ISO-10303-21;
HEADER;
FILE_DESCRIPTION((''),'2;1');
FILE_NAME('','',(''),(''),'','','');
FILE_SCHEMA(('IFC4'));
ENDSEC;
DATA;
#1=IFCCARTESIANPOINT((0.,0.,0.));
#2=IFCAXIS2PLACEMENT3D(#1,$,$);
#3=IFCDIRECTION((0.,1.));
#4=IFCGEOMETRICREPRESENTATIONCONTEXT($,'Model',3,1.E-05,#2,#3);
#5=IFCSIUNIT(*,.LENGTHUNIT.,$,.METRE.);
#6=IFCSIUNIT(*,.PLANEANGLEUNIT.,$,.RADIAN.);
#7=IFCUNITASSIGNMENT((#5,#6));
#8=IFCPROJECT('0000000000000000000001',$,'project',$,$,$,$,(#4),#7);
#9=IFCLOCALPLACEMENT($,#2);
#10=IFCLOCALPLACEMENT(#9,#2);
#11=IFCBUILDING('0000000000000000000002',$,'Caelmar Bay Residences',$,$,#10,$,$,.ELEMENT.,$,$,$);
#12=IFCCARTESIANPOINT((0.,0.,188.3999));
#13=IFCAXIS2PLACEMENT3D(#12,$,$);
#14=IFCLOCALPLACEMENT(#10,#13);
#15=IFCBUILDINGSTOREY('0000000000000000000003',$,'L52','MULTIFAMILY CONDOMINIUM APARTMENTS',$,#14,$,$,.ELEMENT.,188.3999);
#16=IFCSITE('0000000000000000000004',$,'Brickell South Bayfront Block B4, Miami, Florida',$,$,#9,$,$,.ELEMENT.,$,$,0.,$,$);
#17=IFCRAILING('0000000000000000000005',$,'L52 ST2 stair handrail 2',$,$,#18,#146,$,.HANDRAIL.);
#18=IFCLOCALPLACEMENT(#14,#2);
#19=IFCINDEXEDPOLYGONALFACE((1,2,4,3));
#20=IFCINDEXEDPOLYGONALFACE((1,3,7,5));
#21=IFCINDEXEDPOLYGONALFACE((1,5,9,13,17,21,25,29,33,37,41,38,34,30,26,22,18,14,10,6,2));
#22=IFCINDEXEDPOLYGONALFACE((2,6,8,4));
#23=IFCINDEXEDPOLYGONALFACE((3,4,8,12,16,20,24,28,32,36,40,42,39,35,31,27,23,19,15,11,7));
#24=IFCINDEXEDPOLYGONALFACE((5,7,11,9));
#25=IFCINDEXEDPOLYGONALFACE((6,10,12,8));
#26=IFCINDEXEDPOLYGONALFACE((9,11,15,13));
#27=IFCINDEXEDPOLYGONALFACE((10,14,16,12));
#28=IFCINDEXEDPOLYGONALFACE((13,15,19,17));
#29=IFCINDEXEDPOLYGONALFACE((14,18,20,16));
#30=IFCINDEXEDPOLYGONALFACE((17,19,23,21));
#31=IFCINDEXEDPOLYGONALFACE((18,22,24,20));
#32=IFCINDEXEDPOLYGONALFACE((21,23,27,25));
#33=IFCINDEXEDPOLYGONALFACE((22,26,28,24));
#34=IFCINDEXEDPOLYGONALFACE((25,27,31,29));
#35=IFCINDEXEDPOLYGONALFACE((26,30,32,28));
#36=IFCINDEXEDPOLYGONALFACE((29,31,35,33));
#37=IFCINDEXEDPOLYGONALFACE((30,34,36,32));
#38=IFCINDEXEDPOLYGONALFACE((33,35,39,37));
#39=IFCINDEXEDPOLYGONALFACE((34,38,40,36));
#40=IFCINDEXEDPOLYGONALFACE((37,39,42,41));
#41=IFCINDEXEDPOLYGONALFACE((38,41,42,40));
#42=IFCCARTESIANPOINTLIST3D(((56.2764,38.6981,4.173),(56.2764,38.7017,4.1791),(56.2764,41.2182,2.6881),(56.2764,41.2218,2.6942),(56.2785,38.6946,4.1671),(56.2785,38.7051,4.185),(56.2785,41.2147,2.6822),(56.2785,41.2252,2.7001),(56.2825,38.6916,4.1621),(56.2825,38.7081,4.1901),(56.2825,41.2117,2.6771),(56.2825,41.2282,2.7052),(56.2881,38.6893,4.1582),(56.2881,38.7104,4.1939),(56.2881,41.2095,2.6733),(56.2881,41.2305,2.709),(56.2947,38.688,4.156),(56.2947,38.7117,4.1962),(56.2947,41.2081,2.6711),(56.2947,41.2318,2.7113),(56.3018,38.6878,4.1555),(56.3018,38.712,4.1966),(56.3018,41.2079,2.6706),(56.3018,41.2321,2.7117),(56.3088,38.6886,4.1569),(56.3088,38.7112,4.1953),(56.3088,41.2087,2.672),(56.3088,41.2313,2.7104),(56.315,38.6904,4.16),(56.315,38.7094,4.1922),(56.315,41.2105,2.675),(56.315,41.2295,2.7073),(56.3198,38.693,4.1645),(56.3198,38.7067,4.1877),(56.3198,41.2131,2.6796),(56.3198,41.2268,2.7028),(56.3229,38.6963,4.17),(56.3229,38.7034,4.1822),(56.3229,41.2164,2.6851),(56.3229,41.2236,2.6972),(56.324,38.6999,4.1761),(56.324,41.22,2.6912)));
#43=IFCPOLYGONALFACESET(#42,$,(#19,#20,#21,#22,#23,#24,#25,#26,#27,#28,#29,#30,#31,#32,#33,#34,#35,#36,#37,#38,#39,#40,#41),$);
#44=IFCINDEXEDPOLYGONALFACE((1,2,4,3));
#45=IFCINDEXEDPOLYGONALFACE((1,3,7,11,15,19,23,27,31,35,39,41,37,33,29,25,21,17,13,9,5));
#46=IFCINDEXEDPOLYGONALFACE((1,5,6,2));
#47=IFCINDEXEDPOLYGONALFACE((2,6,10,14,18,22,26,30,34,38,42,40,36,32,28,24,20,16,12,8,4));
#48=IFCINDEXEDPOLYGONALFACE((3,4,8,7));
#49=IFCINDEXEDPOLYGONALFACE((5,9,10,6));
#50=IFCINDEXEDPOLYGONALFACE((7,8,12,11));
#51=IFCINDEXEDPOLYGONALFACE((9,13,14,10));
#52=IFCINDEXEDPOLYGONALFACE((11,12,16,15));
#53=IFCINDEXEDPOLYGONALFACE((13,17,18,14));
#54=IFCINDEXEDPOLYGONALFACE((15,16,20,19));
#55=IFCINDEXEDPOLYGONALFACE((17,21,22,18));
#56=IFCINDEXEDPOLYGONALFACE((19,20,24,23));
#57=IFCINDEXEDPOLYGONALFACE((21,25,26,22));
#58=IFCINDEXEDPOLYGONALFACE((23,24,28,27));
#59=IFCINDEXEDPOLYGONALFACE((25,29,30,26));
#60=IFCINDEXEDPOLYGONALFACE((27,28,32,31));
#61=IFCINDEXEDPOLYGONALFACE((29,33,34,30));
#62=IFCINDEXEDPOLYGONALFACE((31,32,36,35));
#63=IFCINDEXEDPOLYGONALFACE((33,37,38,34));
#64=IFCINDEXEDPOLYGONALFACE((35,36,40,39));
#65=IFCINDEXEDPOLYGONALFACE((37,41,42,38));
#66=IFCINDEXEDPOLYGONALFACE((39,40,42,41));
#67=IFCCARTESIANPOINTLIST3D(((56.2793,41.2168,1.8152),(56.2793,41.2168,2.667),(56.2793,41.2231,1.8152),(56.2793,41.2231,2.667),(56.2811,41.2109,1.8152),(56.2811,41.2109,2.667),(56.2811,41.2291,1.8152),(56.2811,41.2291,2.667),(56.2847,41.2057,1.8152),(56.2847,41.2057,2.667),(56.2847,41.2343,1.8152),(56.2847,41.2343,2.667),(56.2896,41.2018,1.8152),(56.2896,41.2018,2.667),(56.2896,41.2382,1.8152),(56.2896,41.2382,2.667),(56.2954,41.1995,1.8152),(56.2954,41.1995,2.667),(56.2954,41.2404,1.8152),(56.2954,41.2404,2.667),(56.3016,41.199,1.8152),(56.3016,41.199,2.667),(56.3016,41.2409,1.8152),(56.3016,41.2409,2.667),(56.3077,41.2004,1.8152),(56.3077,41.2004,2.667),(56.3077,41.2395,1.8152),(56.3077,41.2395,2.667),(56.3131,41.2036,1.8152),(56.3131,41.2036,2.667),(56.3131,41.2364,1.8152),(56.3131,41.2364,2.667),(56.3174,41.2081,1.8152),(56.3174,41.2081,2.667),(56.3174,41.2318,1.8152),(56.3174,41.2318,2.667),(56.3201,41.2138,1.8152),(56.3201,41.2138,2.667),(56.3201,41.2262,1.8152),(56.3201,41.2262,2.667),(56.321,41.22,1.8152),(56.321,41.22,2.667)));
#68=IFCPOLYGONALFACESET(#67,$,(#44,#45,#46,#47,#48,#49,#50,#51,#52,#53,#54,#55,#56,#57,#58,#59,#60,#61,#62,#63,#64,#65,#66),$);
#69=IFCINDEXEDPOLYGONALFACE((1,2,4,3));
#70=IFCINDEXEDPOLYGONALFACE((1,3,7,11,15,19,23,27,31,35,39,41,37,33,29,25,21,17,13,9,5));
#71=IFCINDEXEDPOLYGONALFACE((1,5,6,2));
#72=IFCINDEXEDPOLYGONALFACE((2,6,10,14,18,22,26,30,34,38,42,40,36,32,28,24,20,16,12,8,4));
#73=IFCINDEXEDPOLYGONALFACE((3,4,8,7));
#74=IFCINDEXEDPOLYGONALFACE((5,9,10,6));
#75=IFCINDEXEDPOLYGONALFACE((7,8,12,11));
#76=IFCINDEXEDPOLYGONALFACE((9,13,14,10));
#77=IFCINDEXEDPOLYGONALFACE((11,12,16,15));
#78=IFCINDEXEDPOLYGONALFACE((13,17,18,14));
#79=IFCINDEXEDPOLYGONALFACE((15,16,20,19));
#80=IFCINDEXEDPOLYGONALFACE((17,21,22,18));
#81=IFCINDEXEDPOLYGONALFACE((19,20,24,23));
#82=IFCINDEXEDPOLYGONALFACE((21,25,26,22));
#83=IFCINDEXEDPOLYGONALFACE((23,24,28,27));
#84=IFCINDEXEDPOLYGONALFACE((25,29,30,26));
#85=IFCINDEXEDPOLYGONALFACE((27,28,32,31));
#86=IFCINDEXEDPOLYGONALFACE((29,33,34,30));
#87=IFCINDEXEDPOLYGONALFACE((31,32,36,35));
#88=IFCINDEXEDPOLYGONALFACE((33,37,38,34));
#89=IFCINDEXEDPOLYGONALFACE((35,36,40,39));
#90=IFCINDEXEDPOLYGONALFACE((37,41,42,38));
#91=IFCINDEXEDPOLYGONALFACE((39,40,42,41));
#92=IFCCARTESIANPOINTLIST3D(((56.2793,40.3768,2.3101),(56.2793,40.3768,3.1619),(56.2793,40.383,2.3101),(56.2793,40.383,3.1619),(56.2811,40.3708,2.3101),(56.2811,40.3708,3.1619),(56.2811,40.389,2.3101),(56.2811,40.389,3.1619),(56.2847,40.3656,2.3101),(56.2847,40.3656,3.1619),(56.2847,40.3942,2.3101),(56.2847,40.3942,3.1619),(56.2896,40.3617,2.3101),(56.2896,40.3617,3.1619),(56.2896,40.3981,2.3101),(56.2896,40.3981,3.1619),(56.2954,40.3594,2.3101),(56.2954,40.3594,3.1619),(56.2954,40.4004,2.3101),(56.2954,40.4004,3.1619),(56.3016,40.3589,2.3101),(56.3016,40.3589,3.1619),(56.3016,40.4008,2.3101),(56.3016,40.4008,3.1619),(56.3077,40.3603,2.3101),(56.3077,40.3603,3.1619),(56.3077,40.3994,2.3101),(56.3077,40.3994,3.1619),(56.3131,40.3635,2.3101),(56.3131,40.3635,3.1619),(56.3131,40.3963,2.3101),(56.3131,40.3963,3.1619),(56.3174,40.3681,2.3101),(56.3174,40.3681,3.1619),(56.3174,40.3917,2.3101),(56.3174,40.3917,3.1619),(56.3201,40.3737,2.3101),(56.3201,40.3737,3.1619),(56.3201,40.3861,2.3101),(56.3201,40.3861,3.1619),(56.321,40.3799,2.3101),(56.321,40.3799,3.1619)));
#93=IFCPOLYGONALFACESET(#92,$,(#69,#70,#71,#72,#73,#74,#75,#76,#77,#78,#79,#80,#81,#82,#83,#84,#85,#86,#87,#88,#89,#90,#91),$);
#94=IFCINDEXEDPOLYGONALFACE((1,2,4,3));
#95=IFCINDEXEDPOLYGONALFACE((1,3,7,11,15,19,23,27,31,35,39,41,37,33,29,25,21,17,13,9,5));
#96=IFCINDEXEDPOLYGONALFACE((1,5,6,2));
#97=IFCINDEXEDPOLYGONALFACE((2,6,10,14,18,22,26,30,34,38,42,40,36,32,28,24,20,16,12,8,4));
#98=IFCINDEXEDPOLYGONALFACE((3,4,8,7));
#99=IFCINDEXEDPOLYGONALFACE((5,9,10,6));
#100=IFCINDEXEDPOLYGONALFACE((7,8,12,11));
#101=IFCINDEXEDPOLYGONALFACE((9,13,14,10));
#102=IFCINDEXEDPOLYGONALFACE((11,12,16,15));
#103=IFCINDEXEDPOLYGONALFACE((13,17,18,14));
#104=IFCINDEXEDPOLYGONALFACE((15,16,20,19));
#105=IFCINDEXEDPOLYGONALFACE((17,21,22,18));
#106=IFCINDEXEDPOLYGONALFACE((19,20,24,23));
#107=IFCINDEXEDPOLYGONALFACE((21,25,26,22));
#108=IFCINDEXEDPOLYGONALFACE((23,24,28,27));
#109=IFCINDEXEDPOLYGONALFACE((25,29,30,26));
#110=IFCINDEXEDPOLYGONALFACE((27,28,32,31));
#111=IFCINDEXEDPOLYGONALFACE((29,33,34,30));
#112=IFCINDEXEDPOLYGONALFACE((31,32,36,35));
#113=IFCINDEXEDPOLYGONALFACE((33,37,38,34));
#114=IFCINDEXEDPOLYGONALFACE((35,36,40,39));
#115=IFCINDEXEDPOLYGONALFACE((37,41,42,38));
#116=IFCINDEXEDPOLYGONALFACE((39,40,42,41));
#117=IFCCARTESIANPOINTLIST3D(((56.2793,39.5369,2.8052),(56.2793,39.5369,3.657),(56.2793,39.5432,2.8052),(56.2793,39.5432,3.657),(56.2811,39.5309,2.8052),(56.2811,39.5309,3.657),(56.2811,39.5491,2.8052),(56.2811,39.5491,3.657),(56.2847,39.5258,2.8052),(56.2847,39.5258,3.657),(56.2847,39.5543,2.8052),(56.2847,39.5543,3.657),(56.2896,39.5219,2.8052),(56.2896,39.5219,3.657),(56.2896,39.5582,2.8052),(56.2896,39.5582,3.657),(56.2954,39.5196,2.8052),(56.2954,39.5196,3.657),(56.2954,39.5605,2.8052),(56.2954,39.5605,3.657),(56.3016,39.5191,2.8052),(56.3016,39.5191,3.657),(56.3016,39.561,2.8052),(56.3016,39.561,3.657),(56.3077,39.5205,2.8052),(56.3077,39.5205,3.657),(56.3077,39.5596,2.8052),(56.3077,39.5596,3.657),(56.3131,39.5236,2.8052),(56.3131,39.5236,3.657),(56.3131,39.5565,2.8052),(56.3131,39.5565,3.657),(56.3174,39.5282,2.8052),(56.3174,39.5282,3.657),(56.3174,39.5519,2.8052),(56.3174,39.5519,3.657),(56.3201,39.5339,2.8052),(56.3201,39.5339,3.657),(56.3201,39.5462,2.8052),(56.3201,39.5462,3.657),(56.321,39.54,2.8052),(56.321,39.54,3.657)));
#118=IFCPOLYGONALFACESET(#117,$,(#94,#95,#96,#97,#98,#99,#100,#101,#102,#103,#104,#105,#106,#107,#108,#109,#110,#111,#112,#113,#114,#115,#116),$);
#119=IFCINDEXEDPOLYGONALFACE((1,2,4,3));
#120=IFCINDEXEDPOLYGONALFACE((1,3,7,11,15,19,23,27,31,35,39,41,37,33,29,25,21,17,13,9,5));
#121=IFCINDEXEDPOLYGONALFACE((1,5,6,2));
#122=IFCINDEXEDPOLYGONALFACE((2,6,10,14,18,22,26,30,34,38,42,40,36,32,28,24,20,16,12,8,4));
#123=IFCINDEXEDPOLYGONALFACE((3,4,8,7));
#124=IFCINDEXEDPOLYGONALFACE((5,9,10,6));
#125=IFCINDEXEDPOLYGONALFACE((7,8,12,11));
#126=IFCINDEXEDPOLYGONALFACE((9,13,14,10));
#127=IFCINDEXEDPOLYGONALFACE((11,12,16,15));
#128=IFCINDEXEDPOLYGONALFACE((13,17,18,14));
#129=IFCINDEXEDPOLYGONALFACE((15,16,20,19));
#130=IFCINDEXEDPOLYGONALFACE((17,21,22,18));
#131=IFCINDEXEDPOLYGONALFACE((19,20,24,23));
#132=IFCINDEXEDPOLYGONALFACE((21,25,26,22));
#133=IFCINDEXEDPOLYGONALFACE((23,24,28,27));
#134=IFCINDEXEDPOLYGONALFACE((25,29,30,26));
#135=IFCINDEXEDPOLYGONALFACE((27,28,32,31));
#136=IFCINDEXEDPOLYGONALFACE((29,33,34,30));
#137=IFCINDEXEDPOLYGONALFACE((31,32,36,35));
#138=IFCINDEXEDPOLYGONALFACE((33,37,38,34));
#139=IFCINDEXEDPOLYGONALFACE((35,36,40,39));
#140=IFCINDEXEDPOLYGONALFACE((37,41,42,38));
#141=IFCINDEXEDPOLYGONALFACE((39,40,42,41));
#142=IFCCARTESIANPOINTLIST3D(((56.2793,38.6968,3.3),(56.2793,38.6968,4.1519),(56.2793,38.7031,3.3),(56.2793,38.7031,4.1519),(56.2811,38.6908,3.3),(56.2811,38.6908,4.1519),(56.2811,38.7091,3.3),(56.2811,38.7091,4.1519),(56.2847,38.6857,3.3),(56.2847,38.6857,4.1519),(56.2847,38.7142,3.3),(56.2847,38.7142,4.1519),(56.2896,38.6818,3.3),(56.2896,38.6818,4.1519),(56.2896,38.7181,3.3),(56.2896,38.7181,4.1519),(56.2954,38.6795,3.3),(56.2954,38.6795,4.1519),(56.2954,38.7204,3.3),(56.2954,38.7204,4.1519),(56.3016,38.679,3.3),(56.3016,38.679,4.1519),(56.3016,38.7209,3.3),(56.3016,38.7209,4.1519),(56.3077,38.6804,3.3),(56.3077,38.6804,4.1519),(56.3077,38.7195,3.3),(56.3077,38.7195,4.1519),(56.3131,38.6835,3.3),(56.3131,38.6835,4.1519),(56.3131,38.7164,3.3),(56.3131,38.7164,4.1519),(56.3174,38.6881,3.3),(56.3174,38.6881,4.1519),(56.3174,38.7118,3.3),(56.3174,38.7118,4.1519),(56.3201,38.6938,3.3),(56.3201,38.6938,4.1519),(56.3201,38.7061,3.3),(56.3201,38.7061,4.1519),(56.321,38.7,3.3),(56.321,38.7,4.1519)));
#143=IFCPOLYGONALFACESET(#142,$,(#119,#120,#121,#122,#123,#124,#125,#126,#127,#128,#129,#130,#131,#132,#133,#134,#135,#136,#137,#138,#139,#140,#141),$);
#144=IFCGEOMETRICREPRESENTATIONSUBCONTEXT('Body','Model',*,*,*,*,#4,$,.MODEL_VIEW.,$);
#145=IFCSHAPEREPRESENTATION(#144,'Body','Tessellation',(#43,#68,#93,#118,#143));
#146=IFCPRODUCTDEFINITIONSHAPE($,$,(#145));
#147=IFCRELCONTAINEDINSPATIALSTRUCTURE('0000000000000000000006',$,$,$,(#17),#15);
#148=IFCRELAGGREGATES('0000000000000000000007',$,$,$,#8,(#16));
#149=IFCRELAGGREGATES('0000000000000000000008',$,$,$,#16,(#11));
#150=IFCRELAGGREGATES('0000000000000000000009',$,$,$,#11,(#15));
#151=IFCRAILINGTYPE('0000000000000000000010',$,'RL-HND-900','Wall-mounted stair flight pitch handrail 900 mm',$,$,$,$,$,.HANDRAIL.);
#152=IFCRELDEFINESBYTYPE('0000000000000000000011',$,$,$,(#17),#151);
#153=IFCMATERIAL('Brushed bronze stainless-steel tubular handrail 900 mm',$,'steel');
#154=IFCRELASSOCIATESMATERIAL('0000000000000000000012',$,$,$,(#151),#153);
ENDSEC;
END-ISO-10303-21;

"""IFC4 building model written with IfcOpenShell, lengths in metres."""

from ifc_helpers import new_model, si_unit, direction, frame, origin, origin_2d, place, context, subcontext, project, spatial, circle, extrude, material, type_object, element, save


model = new_model("IFC4")

# Units and contexts
model_context = context("Model", 3, precision=1e-05, world=origin(), true_north=direction((0.0, 1.0)))
body_context = subcontext(model_context, "Body", "Model", "MODEL_VIEW")
ifc_project = project(units=[si_unit("LENGTHUNIT", "METRE"), si_unit("PLANEANGLEUNIT", "RADIAN")], contexts=[model_context])

# Site, building, storey
site_placement = place(None, origin())
site = spatial("IfcSite", under=ifc_project, at=site_placement, Name="Brickell South Bayfront Block B4, Miami, Florida", CompositionType="ELEMENT", RefElevation=0.0)
building_placement = place(site_placement, origin())
building = spatial("IfcBuilding", under=site, at=building_placement, Name="Caelmar Bay Residences", CompositionType="ELEMENT")
storey_placement = place(building_placement, frame((0.0, 0.0, 188.3999)))
storey = spatial("IfcBuildingStorey", under=building, at=storey_placement, Name="L52", Description="MULTIFAMILY CONDOMINIUM APARTMENTS", CompositionType="ELEMENT", Elevation=188.3999)

# Railing
ifc_material_1 = material(Name="Brushed bronze stainless-steel tubular handrail 900 mm", Category="steel")
railing_type_1 = type_object("IfcRailingType", Name="RL-HND-900", Description="Wall-mounted stair flight pitch handrail 900 mm", PredefinedType="HANDRAIL", material=ifc_material_1)
railing_1_placement = place(storey_placement, frame((56.3, 41.22, 1.8152)))
element("IfcRailing", 1, at=railing_1_placement, inside=storey, type_object=railing_type_1, Name="L52 ST2 stair handrail 2", PredefinedType="HANDRAIL", context=body_context, shape_type="SweptSolid", body=[
    extrude(circle(Radius=0.0239, at=origin_2d()), frame((0.0, 0.0, 0.876), z_axis=(0.0, -0.861561, 0.507655), x_axis=(1.0, 0.0, 0.0)), (0.0, 0.0, 1.0), 2.925),
    extrude(circle(Radius=0.021, at=origin_2d()), origin(), (0.0, 0.0, 1.0), 0.8518),
    extrude(circle(Radius=0.021, at=origin_2d()), frame((0.0, -0.8401, 0.4949)), (0.0, 0.0, 1.0), 0.8518),
    extrude(circle(Radius=0.021, at=origin_2d()), frame((0.0, -1.6799, 0.99)), (0.0, 0.0, 1.0), 0.8518),
    extrude(circle(Radius=0.021, at=origin_2d()), frame((0.0, -2.52, 1.4849)), (0.0, 0.0, 1.0), 0.8518),
])

save(model, "model.ifc")
